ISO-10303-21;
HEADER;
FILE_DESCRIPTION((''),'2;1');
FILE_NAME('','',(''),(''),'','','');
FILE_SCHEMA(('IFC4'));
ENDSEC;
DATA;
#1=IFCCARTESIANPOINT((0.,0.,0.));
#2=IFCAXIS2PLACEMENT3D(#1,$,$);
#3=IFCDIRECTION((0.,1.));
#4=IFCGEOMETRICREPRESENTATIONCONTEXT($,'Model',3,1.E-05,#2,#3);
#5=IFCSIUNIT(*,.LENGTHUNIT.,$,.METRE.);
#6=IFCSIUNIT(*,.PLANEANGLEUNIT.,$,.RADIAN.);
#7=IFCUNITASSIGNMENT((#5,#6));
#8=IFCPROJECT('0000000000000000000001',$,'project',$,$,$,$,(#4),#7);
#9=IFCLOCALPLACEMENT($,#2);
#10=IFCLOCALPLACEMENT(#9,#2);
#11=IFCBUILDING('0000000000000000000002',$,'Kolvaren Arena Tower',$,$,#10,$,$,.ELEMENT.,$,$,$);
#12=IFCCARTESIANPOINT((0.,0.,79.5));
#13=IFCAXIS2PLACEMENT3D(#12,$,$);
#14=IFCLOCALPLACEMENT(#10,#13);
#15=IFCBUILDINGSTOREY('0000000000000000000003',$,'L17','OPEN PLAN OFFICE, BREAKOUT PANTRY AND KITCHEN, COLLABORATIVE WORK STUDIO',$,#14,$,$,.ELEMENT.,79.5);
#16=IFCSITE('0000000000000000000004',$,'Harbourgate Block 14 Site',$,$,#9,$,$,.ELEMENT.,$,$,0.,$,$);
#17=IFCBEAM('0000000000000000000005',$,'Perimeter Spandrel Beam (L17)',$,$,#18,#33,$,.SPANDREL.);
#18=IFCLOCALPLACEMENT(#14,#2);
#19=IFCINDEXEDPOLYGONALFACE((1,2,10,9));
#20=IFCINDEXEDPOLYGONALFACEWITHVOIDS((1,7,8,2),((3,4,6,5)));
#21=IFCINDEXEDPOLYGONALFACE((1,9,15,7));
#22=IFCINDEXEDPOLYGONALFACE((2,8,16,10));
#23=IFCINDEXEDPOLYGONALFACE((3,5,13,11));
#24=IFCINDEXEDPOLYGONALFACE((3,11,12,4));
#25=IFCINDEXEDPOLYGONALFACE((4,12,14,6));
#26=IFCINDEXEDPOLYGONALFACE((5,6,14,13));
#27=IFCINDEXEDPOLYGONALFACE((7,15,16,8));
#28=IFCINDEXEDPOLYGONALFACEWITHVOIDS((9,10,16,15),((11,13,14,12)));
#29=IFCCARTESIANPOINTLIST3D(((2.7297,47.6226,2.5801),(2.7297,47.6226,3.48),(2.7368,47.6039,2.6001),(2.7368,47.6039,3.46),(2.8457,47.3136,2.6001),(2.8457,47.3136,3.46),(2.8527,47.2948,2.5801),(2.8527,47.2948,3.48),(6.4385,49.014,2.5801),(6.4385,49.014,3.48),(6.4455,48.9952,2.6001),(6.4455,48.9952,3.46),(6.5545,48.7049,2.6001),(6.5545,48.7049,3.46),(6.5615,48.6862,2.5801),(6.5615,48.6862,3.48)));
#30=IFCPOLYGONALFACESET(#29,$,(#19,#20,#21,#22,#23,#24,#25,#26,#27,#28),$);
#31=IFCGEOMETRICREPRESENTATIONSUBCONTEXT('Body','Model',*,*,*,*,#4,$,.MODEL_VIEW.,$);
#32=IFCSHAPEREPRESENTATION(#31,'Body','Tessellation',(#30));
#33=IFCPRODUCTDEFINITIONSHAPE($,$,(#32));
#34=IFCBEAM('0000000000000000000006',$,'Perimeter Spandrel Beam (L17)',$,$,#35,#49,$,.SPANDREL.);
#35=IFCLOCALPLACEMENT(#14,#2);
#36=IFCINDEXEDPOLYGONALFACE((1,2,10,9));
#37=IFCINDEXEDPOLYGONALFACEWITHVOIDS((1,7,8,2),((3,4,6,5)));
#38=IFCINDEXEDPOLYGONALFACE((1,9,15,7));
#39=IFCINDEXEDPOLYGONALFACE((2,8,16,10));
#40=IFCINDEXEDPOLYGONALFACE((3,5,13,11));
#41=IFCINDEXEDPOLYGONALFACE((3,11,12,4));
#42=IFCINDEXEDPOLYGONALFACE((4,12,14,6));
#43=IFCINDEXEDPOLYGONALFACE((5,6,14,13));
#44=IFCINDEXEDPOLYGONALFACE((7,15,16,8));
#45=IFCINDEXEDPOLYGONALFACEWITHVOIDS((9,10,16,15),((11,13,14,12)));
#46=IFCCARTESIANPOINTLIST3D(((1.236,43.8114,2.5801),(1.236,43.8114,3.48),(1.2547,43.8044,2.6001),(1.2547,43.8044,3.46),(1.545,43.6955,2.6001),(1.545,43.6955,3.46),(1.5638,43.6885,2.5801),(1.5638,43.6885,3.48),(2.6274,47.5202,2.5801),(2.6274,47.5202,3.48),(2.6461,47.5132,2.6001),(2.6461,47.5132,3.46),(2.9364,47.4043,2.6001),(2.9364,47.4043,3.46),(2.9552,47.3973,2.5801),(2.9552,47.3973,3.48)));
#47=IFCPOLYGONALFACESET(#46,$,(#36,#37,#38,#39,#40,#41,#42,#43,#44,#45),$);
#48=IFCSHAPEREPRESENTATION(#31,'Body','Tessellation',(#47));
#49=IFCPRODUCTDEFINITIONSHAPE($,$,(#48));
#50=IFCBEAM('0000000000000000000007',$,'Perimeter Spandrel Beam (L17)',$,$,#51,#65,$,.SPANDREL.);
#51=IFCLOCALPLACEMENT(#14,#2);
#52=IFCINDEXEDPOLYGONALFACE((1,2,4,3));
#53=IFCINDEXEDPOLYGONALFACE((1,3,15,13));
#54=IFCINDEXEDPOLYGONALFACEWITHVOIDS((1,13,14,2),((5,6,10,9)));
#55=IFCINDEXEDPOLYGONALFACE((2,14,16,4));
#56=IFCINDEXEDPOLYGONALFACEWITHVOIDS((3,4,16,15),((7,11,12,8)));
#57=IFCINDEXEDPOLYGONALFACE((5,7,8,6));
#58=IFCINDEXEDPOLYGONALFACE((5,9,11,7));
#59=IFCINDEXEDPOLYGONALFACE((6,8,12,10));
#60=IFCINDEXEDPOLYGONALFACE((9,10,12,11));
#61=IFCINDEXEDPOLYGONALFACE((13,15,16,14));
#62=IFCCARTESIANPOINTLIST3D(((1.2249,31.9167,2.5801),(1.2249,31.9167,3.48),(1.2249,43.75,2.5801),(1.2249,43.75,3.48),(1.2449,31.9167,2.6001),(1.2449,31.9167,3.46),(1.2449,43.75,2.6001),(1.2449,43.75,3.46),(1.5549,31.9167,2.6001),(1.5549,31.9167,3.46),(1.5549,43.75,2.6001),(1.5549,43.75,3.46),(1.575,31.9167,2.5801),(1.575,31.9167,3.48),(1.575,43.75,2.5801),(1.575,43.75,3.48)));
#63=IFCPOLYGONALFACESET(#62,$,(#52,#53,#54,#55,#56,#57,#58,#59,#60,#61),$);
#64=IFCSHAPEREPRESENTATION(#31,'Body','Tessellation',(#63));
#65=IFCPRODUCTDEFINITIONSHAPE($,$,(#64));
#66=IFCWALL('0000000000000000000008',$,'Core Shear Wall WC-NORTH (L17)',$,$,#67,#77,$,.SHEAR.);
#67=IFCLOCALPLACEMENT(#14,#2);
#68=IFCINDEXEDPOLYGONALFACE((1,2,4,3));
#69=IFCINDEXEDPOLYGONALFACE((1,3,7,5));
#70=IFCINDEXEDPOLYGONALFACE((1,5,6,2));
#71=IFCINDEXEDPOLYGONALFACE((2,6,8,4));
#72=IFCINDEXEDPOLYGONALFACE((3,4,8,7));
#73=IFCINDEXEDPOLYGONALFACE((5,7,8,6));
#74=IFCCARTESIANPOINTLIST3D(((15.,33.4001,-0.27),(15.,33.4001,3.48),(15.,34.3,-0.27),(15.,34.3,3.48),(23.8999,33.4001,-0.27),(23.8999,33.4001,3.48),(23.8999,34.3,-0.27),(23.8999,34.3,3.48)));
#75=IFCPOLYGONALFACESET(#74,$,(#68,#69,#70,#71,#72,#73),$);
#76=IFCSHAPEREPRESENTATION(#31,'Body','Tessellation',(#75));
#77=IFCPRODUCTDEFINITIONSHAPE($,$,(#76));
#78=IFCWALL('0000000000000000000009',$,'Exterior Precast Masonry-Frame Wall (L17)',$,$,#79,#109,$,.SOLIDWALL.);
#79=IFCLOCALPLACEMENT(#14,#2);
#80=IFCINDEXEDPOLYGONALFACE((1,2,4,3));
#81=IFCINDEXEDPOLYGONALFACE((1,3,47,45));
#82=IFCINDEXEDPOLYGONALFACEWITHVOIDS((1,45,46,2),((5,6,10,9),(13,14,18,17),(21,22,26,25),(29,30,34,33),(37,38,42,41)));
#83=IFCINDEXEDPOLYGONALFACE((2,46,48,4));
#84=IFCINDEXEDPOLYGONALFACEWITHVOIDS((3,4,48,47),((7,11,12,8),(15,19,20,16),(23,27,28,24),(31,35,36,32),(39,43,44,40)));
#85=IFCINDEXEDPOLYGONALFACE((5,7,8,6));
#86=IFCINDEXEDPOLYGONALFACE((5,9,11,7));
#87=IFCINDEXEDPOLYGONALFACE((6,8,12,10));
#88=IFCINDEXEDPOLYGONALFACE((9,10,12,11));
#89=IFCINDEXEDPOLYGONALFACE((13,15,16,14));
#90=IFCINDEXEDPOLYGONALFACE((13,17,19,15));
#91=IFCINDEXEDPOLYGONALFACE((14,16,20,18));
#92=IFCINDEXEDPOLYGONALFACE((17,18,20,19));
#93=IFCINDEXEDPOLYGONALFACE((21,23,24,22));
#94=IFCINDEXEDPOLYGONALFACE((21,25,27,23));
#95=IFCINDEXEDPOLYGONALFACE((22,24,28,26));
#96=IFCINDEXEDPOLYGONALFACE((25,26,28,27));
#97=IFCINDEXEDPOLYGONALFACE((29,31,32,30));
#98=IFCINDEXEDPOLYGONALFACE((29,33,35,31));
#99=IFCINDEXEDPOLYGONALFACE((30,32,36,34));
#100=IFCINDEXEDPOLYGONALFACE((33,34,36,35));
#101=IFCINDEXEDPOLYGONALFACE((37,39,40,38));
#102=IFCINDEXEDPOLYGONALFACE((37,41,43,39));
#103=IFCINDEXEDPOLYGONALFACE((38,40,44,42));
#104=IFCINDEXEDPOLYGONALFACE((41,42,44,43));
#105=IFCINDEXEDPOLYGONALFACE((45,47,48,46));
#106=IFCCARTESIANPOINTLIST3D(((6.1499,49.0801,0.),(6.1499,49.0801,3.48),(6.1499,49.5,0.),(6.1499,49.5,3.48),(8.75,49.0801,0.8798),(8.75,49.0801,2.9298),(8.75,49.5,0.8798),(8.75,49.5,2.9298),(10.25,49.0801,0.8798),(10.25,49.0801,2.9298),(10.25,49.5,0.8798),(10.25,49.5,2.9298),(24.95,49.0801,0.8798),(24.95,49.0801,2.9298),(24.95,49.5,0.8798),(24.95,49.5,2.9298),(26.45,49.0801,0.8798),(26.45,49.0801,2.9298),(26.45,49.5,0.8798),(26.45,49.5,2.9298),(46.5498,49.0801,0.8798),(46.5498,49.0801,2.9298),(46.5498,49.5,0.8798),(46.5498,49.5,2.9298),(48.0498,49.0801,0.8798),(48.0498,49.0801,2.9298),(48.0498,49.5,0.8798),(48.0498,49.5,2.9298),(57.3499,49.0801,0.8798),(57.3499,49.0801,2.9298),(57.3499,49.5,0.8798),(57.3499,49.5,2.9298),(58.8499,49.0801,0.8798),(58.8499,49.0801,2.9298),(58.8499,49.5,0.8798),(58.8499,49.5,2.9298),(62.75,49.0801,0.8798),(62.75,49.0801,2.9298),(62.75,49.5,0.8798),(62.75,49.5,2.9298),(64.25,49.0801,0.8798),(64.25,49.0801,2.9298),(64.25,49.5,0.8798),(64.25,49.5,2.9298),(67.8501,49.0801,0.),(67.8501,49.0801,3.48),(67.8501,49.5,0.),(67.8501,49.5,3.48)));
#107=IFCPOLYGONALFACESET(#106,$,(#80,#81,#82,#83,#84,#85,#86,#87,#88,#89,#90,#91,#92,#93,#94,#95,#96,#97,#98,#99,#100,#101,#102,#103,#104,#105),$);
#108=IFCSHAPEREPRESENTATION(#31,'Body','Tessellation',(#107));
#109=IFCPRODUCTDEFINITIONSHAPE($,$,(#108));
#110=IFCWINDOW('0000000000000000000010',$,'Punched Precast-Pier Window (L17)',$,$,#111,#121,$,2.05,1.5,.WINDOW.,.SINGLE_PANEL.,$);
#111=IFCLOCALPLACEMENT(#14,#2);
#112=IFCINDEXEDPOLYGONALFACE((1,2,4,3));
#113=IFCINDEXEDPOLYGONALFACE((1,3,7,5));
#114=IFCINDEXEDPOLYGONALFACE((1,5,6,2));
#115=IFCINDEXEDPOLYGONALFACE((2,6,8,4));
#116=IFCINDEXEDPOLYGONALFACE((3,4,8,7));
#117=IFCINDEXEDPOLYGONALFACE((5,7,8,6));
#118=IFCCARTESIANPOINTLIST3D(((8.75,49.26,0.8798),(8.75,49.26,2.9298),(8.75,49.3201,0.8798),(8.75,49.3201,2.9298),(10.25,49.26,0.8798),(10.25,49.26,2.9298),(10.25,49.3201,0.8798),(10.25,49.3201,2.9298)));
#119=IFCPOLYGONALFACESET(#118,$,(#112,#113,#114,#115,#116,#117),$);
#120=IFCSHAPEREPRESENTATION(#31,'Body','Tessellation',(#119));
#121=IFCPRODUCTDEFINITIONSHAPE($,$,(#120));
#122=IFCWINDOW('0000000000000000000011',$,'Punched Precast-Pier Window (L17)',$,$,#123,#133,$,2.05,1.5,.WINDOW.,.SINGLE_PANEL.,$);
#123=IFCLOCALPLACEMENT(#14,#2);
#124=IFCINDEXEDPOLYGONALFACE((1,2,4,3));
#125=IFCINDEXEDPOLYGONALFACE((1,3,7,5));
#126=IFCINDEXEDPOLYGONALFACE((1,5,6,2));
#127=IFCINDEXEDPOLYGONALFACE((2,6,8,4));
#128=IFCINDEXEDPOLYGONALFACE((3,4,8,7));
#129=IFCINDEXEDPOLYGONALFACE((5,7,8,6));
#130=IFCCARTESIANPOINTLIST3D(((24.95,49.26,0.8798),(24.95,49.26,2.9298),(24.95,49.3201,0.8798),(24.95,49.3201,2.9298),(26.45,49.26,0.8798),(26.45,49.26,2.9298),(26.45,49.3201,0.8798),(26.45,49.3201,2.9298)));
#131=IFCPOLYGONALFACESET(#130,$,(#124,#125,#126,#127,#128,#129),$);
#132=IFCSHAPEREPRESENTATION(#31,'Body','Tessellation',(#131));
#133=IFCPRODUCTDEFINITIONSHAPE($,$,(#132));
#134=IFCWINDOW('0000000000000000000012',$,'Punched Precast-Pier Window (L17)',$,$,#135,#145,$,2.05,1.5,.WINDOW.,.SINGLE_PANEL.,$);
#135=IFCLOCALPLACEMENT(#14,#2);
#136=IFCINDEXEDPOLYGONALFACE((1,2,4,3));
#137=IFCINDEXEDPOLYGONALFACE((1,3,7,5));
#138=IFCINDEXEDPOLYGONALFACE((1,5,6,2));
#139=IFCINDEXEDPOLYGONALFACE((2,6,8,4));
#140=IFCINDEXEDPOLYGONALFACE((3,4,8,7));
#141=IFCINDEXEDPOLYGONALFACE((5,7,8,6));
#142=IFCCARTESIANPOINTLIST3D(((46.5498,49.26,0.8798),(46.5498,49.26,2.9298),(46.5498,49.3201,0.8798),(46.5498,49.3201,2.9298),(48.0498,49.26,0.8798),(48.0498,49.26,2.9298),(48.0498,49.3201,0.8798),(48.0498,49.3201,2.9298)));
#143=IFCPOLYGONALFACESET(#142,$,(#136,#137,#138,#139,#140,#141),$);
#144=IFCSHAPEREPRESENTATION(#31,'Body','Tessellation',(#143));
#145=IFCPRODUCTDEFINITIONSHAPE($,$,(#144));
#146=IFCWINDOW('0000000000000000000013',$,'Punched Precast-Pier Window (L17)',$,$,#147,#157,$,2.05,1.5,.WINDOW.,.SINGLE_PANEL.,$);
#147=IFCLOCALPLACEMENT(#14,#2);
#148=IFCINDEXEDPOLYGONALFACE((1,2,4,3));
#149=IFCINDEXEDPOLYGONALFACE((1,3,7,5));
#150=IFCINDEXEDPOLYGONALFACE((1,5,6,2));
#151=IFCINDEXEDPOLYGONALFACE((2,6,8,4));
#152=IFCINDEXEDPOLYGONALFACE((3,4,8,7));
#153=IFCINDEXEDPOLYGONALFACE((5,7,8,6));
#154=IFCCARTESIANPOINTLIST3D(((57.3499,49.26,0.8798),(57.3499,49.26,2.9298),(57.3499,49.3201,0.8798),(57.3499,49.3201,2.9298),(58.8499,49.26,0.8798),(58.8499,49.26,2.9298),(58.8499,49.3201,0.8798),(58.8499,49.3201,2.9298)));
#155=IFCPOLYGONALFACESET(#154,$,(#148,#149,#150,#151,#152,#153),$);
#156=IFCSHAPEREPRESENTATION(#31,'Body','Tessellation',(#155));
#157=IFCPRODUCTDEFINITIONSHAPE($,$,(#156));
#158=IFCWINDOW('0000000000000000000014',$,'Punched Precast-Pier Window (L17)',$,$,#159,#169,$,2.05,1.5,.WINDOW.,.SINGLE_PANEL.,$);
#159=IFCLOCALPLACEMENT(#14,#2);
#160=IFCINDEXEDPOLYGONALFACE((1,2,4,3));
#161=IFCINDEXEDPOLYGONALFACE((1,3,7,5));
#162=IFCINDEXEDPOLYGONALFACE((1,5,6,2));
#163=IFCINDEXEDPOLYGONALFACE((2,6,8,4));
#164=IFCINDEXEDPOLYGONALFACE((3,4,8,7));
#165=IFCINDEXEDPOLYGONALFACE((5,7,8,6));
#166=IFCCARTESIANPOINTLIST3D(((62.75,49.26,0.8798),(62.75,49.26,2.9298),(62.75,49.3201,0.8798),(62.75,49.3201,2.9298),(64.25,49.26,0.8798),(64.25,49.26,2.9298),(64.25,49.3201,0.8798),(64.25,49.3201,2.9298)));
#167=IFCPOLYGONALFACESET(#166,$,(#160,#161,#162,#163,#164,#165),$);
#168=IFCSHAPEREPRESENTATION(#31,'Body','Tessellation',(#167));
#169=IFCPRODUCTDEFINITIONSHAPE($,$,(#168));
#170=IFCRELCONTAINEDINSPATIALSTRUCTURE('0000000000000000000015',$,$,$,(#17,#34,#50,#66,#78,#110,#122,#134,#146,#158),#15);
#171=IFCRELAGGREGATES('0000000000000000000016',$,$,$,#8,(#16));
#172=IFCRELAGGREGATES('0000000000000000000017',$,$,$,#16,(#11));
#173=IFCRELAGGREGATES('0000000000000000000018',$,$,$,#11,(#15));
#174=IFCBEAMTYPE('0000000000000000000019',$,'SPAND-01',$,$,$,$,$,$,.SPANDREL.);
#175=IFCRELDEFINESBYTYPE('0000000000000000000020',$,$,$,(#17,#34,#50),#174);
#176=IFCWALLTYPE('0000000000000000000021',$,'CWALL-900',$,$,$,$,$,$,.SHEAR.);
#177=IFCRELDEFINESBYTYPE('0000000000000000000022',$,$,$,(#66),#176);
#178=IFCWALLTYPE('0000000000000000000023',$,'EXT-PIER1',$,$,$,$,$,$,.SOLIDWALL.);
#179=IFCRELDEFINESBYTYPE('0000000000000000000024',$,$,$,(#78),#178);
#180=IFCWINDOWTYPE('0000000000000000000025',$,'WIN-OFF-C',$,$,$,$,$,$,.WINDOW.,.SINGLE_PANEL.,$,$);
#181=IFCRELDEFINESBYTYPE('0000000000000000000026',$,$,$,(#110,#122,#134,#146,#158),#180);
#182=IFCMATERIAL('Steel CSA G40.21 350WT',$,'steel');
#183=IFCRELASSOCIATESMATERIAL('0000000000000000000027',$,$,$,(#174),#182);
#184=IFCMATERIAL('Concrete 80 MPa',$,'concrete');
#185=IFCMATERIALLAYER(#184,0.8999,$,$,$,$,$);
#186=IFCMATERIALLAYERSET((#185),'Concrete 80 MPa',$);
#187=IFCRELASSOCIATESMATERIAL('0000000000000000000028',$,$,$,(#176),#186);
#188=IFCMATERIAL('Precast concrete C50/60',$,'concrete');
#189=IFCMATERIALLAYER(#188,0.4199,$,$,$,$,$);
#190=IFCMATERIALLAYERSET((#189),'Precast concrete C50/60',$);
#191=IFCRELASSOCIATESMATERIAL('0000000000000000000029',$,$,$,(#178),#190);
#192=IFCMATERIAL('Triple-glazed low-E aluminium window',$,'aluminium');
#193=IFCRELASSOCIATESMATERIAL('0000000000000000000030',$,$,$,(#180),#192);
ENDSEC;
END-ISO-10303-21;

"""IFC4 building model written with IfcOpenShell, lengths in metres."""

from ifc_helpers import new_model, si_unit, direction, frame, frame_2d, origin, origin_2d, place, context, subcontext, project, spatial, rectangle, hollow_rectangle, extrude, material, layer, layer_set, material_profile, profile_set, type_object, element, fill, save


model = new_model("IFC4")

# Units and contexts
model_context = context("Model", 3, precision=1e-05, world=origin(), true_north=direction((0.0, 1.0)))
body_context = subcontext(model_context, "Body", "Model", "MODEL_VIEW")
ifc_project = project(units=[si_unit("LENGTHUNIT", "METRE"), si_unit("PLANEANGLEUNIT", "RADIAN")], contexts=[model_context])

# Site, building, storey
site_placement = place(None, origin())
site = spatial("IfcSite", under=ifc_project, at=site_placement, Name="Harbourgate Block 14 Site", CompositionType="ELEMENT", RefElevation=0.0)
building_placement = place(site_placement, origin())
building = spatial("IfcBuilding", under=site, at=building_placement, Name="Kolvaren Arena Tower", CompositionType="ELEMENT")
storey_placement = place(building_placement, frame((0.0, 0.0, 79.5)))
storey = spatial("IfcBuildingStorey", under=building, at=storey_placement, Name="L17", Description="OPEN PLAN OFFICE, BREAKOUT PANTRY AND KITCHEN, COLLABORATIVE WORK STUDIO", CompositionType="ELEMENT", Elevation=79.5)

# Beams
ifc_material_1 = material(Name="Steel CSA G40.21 350WT", Category="steel")
ifc_material_profile_1 = material_profile(ifc_material_1, hollow_rectangle(XDim=0.3501, YDim=0.8999, WallThickness=0.02, at=origin_2d()), Name="HSS 900x350x20")
ifc_profile_set_1 = profile_set([ifc_material_profile_1], Name="Steel CSA G40.21 350WT")
beam_type_1 = type_object("IfcBeamType", Name="SPAND-01", PredefinedType="SPANDREL", material=ifc_profile_set_1)
for number, where, z_axis, x_axis, name in (
    (1, (6.5, 48.8501, 3.03), (-0.936281, -0.351252, 0.0), (0.351252, -0.936281, 0.0), "Perimeter Spandrel Beam (L17)"),
    (2, (2.7913, 47.4587, 3.03), (-0.351252, -0.936281, 0.0), (0.936281, -0.351252, 0.0), "Perimeter Spandrel Beam (L17)"),
):
    element("IfcBeam", number, at=place(storey_placement, frame(where, z_axis=z_axis, x_axis=x_axis)), inside=storey, type_object=beam_type_1, Name=name, PredefinedType="SPANDREL", context=body_context, shape_type="SweptSolid", body=[
        extrude(hollow_rectangle(XDim=0.3501, YDim=0.8999, WallThickness=0.02, at=origin_2d()), origin(), (0.0, 0.0, 1.0), 3.9612),
    ])
beam_1_placement = place(storey_placement, frame((1.3999, 43.75, 3.03), z_axis=(0.0, -1.0, 0.0), x_axis=(1.0, 0.0, 0.0)))
element("IfcBeam", 3, at=beam_1_placement, inside=storey, type_object=beam_type_1, Name="Perimeter Spandrel Beam (L17)", PredefinedType="SPANDREL", context=body_context, shape_type="SweptSolid", body=[
    extrude(hollow_rectangle(XDim=0.3501, YDim=0.8999, WallThickness=0.02, at=origin_2d()), origin(), (0.0, 0.0, 1.0), 11.8333),
])

# Wall
ifc_material_2 = material(Name="Concrete 80 MPa", Category="concrete")
ifc_layer_1 = layer(ifc_material_2, 0.8999)
ifc_layer_set_1 = layer_set([ifc_layer_1], Name="Concrete 80 MPa")
wall_type_1 = type_object("IfcWallType", Name="CWALL-900", PredefinedType="SHEAR", material=ifc_layer_set_1)
wall_1_placement = place(storey_placement, frame((15.0, 33.8501, -0.27), z_axis=(0.0, 0.0, 1.0), x_axis=(1.0, 0.0, 0.0)))
element("IfcWall", 4, at=wall_1_placement, inside=storey, type_object=wall_type_1, Name="Core Shear Wall WC-NORTH (L17)", PredefinedType="SHEAR", context=body_context, shape_type="SweptSolid", body=[
    extrude(rectangle(XDim=8.8999, YDim=0.8999, at=frame_2d((4.45, 0.0))), origin(), (0.0, 0.0, 1.0), 3.75),
])

# Wall, openings, windows
ifc_material_3 = material(Name="Precast concrete C50/60", Category="concrete")
ifc_layer_2 = layer(ifc_material_3, 0.4199)
ifc_layer_set_2 = layer_set([ifc_layer_2], Name="Precast concrete C50/60")
wall_type_2 = type_object("IfcWallType", Name="EXT-PIER1", PredefinedType="SOLIDWALL", material=ifc_layer_set_2)
wall_2_placement = place(storey_placement, frame((6.1499, 49.29, 0.0), z_axis=(0.0, 0.0, 1.0), x_axis=(1.0, 0.0, 0.0)))
wall_2 = element("IfcWall", 5, at=wall_2_placement, inside=storey, type_object=wall_type_2, Name="Exterior Precast Masonry-Frame Wall (L17)", PredefinedType="SOLIDWALL", context=body_context, shape_type="SweptSolid", body=[
    extrude(rectangle(XDim=61.7002, YDim=0.4199, at=frame_2d((30.8501, 0.0))), origin(), (0.0, 0.0, 1.0), 3.48),
])
opening_1_placement = place(wall_2_placement, frame((2.6001, 0.0, 0.8799)))
opening_1 = element("IfcOpeningElement", 6, at=opening_1_placement, cuts=wall_2, PredefinedType="OPENING", context=body_context, shape_type="SweptSolid", body=[
    extrude(rectangle(XDim=1.5, YDim=2.05, at=frame_2d((0.75, 1.0249))), frame((0.0, 0.22, 0.0), z_axis=(0.0, -1.0, 0.0), x_axis=(1.0, 0.0, 0.0)), (0.0, 0.0, 1.0), 0.4399),
])
opening_2_placement = place(wall_2_placement, frame((18.8, 0.0, 0.8799)))
opening_2 = element("IfcOpeningElement", 7, at=opening_2_placement, cuts=wall_2, PredefinedType="OPENING", context=body_context, shape_type="SweptSolid", body=[
    extrude(rectangle(XDim=1.5, YDim=2.05, at=frame_2d((0.75, 1.0249))), frame((0.0, 0.22, 0.0), z_axis=(0.0, -1.0, 0.0), x_axis=(1.0, 0.0, 0.0)), (0.0, 0.0, 1.0), 0.4399),
])
opening_3_placement = place(wall_2_placement, frame((40.3999, 0.0, 0.8799)))
opening_3 = element("IfcOpeningElement", 8, at=opening_3_placement, cuts=wall_2, PredefinedType="OPENING", context=body_context, shape_type="SweptSolid", body=[
    extrude(rectangle(XDim=1.5, YDim=2.05, at=frame_2d((0.75, 1.0249))), frame((0.0, 0.22, 0.0), z_axis=(0.0, -1.0, 0.0), x_axis=(1.0, 0.0, 0.0)), (0.0, 0.0, 1.0), 0.4399),
])
opening_4_placement = place(wall_2_placement, frame((51.2, 0.0, 0.8799)))
opening_4 = element("IfcOpeningElement", 9, at=opening_4_placement, cuts=wall_2, PredefinedType="OPENING", context=body_context, shape_type="SweptSolid", body=[
    extrude(rectangle(XDim=1.5, YDim=2.05, at=frame_2d((0.75, 1.0249))), frame((0.0, 0.22, 0.0), z_axis=(0.0, -1.0, 0.0), x_axis=(1.0, 0.0, 0.0)), (0.0, 0.0, 1.0), 0.4399),
])
opening_5_placement = place(wall_2_placement, frame((56.6001, 0.0, 0.8799)))
opening_5 = element("IfcOpeningElement", 10, at=opening_5_placement, cuts=wall_2, PredefinedType="OPENING", context=body_context, shape_type="SweptSolid", body=[
    extrude(rectangle(XDim=1.5, YDim=2.05, at=frame_2d((0.75, 1.0249))), frame((0.0, 0.22, 0.0), z_axis=(0.0, -1.0, 0.0), x_axis=(1.0, 0.0, 0.0)), (0.0, 0.0, 1.0), 0.4399),
])
ifc_material_4 = material(Name="Triple-glazed low-E aluminium window", Category="aluminium")
window_type = type_object("IfcWindowType", Name="WIN-OFF-C", PartitioningType="SINGLE_PANEL", PredefinedType="WINDOW", material=ifc_material_4)
window_1_placement = place(opening_1_placement, origin())
window_1 = element("IfcWindow", 11, at=window_1_placement, inside=storey, type_object=window_type, Name="Punched Precast-Pier Window (L17)", OverallHeight=2.05, OverallWidth=1.5, PartitioningType="SINGLE_PANEL", PredefinedType="WINDOW", context=body_context, shape_type="SweptSolid", body=[
    extrude(rectangle(XDim=1.5, YDim=2.05, at=frame_2d((0.75, 1.0249))), frame((0.0, 0.03, 0.0), z_axis=(0.0, -1.0, 0.0), x_axis=(1.0, 0.0, 0.0)), (0.0, 0.0, 1.0), 0.0601),
])
fill(opening_1, window_1)
window_2_placement = place(opening_2_placement, origin())
window_2 = element("IfcWindow", 12, at=window_2_placement, inside=storey, type_object=window_type, Name="Punched Precast-Pier Window (L17)", OverallHeight=2.05, OverallWidth=1.5, PartitioningType="SINGLE_PANEL", PredefinedType="WINDOW", context=body_context, shape_type="SweptSolid", body=[
    extrude(rectangle(XDim=1.5, YDim=2.05, at=frame_2d((0.75, 1.0249))), frame((0.0, 0.03, 0.0), z_axis=(0.0, -1.0, 0.0), x_axis=(1.0, 0.0, 0.0)), (0.0, 0.0, 1.0), 0.0601),
])
fill(opening_2, window_2)
window_3_placement = place(opening_3_placement, origin())
window_3 = element("IfcWindow", 13, at=window_3_placement, inside=storey, type_object=window_type, Name="Punched Precast-Pier Window (L17)", OverallHeight=2.05, OverallWidth=1.5, PartitioningType="SINGLE_PANEL", PredefinedType="WINDOW", context=body_context, shape_type="SweptSolid", body=[
    extrude(rectangle(XDim=1.5, YDim=2.05, at=frame_2d((0.75, 1.0249))), frame((0.0, 0.03, 0.0), z_axis=(0.0, -1.0, 0.0), x_axis=(1.0, 0.0, 0.0)), (0.0, 0.0, 1.0), 0.0601),
])
fill(opening_3, window_3)
window_4_placement = place(opening_4_placement, origin())
window_4 = element("IfcWindow", 14, at=window_4_placement, inside=storey, type_object=window_type, Name="Punched Precast-Pier Window (L17)", OverallHeight=2.05, OverallWidth=1.5, PartitioningType="SINGLE_PANEL", PredefinedType="WINDOW", context=body_context, shape_type="SweptSolid", body=[
    extrude(rectangle(XDim=1.5, YDim=2.05, at=frame_2d((0.75, 1.0249))), frame((0.0, 0.03, 0.0), z_axis=(0.0, -1.0, 0.0), x_axis=(1.0, 0.0, 0.0)), (0.0, 0.0, 1.0), 0.0601),
])
fill(opening_4, window_4)
window_5_placement = place(opening_5_placement, origin())
window_5 = element("IfcWindow", 15, at=window_5_placement, inside=storey, type_object=window_type, Name="Punched Precast-Pier Window (L17)", OverallHeight=2.05, OverallWidth=1.5, PartitioningType="SINGLE_PANEL", PredefinedType="WINDOW", context=body_context, shape_type="SweptSolid", body=[
    extrude(rectangle(XDim=1.5, YDim=2.05, at=frame_2d((0.75, 1.0249))), frame((0.0, 0.03, 0.0), z_axis=(0.0, -1.0, 0.0), x_axis=(1.0, 0.0, 0.0)), (0.0, 0.0, 1.0), 0.0601),
])
fill(opening_5, window_5)

save(model, "model.ifc")
